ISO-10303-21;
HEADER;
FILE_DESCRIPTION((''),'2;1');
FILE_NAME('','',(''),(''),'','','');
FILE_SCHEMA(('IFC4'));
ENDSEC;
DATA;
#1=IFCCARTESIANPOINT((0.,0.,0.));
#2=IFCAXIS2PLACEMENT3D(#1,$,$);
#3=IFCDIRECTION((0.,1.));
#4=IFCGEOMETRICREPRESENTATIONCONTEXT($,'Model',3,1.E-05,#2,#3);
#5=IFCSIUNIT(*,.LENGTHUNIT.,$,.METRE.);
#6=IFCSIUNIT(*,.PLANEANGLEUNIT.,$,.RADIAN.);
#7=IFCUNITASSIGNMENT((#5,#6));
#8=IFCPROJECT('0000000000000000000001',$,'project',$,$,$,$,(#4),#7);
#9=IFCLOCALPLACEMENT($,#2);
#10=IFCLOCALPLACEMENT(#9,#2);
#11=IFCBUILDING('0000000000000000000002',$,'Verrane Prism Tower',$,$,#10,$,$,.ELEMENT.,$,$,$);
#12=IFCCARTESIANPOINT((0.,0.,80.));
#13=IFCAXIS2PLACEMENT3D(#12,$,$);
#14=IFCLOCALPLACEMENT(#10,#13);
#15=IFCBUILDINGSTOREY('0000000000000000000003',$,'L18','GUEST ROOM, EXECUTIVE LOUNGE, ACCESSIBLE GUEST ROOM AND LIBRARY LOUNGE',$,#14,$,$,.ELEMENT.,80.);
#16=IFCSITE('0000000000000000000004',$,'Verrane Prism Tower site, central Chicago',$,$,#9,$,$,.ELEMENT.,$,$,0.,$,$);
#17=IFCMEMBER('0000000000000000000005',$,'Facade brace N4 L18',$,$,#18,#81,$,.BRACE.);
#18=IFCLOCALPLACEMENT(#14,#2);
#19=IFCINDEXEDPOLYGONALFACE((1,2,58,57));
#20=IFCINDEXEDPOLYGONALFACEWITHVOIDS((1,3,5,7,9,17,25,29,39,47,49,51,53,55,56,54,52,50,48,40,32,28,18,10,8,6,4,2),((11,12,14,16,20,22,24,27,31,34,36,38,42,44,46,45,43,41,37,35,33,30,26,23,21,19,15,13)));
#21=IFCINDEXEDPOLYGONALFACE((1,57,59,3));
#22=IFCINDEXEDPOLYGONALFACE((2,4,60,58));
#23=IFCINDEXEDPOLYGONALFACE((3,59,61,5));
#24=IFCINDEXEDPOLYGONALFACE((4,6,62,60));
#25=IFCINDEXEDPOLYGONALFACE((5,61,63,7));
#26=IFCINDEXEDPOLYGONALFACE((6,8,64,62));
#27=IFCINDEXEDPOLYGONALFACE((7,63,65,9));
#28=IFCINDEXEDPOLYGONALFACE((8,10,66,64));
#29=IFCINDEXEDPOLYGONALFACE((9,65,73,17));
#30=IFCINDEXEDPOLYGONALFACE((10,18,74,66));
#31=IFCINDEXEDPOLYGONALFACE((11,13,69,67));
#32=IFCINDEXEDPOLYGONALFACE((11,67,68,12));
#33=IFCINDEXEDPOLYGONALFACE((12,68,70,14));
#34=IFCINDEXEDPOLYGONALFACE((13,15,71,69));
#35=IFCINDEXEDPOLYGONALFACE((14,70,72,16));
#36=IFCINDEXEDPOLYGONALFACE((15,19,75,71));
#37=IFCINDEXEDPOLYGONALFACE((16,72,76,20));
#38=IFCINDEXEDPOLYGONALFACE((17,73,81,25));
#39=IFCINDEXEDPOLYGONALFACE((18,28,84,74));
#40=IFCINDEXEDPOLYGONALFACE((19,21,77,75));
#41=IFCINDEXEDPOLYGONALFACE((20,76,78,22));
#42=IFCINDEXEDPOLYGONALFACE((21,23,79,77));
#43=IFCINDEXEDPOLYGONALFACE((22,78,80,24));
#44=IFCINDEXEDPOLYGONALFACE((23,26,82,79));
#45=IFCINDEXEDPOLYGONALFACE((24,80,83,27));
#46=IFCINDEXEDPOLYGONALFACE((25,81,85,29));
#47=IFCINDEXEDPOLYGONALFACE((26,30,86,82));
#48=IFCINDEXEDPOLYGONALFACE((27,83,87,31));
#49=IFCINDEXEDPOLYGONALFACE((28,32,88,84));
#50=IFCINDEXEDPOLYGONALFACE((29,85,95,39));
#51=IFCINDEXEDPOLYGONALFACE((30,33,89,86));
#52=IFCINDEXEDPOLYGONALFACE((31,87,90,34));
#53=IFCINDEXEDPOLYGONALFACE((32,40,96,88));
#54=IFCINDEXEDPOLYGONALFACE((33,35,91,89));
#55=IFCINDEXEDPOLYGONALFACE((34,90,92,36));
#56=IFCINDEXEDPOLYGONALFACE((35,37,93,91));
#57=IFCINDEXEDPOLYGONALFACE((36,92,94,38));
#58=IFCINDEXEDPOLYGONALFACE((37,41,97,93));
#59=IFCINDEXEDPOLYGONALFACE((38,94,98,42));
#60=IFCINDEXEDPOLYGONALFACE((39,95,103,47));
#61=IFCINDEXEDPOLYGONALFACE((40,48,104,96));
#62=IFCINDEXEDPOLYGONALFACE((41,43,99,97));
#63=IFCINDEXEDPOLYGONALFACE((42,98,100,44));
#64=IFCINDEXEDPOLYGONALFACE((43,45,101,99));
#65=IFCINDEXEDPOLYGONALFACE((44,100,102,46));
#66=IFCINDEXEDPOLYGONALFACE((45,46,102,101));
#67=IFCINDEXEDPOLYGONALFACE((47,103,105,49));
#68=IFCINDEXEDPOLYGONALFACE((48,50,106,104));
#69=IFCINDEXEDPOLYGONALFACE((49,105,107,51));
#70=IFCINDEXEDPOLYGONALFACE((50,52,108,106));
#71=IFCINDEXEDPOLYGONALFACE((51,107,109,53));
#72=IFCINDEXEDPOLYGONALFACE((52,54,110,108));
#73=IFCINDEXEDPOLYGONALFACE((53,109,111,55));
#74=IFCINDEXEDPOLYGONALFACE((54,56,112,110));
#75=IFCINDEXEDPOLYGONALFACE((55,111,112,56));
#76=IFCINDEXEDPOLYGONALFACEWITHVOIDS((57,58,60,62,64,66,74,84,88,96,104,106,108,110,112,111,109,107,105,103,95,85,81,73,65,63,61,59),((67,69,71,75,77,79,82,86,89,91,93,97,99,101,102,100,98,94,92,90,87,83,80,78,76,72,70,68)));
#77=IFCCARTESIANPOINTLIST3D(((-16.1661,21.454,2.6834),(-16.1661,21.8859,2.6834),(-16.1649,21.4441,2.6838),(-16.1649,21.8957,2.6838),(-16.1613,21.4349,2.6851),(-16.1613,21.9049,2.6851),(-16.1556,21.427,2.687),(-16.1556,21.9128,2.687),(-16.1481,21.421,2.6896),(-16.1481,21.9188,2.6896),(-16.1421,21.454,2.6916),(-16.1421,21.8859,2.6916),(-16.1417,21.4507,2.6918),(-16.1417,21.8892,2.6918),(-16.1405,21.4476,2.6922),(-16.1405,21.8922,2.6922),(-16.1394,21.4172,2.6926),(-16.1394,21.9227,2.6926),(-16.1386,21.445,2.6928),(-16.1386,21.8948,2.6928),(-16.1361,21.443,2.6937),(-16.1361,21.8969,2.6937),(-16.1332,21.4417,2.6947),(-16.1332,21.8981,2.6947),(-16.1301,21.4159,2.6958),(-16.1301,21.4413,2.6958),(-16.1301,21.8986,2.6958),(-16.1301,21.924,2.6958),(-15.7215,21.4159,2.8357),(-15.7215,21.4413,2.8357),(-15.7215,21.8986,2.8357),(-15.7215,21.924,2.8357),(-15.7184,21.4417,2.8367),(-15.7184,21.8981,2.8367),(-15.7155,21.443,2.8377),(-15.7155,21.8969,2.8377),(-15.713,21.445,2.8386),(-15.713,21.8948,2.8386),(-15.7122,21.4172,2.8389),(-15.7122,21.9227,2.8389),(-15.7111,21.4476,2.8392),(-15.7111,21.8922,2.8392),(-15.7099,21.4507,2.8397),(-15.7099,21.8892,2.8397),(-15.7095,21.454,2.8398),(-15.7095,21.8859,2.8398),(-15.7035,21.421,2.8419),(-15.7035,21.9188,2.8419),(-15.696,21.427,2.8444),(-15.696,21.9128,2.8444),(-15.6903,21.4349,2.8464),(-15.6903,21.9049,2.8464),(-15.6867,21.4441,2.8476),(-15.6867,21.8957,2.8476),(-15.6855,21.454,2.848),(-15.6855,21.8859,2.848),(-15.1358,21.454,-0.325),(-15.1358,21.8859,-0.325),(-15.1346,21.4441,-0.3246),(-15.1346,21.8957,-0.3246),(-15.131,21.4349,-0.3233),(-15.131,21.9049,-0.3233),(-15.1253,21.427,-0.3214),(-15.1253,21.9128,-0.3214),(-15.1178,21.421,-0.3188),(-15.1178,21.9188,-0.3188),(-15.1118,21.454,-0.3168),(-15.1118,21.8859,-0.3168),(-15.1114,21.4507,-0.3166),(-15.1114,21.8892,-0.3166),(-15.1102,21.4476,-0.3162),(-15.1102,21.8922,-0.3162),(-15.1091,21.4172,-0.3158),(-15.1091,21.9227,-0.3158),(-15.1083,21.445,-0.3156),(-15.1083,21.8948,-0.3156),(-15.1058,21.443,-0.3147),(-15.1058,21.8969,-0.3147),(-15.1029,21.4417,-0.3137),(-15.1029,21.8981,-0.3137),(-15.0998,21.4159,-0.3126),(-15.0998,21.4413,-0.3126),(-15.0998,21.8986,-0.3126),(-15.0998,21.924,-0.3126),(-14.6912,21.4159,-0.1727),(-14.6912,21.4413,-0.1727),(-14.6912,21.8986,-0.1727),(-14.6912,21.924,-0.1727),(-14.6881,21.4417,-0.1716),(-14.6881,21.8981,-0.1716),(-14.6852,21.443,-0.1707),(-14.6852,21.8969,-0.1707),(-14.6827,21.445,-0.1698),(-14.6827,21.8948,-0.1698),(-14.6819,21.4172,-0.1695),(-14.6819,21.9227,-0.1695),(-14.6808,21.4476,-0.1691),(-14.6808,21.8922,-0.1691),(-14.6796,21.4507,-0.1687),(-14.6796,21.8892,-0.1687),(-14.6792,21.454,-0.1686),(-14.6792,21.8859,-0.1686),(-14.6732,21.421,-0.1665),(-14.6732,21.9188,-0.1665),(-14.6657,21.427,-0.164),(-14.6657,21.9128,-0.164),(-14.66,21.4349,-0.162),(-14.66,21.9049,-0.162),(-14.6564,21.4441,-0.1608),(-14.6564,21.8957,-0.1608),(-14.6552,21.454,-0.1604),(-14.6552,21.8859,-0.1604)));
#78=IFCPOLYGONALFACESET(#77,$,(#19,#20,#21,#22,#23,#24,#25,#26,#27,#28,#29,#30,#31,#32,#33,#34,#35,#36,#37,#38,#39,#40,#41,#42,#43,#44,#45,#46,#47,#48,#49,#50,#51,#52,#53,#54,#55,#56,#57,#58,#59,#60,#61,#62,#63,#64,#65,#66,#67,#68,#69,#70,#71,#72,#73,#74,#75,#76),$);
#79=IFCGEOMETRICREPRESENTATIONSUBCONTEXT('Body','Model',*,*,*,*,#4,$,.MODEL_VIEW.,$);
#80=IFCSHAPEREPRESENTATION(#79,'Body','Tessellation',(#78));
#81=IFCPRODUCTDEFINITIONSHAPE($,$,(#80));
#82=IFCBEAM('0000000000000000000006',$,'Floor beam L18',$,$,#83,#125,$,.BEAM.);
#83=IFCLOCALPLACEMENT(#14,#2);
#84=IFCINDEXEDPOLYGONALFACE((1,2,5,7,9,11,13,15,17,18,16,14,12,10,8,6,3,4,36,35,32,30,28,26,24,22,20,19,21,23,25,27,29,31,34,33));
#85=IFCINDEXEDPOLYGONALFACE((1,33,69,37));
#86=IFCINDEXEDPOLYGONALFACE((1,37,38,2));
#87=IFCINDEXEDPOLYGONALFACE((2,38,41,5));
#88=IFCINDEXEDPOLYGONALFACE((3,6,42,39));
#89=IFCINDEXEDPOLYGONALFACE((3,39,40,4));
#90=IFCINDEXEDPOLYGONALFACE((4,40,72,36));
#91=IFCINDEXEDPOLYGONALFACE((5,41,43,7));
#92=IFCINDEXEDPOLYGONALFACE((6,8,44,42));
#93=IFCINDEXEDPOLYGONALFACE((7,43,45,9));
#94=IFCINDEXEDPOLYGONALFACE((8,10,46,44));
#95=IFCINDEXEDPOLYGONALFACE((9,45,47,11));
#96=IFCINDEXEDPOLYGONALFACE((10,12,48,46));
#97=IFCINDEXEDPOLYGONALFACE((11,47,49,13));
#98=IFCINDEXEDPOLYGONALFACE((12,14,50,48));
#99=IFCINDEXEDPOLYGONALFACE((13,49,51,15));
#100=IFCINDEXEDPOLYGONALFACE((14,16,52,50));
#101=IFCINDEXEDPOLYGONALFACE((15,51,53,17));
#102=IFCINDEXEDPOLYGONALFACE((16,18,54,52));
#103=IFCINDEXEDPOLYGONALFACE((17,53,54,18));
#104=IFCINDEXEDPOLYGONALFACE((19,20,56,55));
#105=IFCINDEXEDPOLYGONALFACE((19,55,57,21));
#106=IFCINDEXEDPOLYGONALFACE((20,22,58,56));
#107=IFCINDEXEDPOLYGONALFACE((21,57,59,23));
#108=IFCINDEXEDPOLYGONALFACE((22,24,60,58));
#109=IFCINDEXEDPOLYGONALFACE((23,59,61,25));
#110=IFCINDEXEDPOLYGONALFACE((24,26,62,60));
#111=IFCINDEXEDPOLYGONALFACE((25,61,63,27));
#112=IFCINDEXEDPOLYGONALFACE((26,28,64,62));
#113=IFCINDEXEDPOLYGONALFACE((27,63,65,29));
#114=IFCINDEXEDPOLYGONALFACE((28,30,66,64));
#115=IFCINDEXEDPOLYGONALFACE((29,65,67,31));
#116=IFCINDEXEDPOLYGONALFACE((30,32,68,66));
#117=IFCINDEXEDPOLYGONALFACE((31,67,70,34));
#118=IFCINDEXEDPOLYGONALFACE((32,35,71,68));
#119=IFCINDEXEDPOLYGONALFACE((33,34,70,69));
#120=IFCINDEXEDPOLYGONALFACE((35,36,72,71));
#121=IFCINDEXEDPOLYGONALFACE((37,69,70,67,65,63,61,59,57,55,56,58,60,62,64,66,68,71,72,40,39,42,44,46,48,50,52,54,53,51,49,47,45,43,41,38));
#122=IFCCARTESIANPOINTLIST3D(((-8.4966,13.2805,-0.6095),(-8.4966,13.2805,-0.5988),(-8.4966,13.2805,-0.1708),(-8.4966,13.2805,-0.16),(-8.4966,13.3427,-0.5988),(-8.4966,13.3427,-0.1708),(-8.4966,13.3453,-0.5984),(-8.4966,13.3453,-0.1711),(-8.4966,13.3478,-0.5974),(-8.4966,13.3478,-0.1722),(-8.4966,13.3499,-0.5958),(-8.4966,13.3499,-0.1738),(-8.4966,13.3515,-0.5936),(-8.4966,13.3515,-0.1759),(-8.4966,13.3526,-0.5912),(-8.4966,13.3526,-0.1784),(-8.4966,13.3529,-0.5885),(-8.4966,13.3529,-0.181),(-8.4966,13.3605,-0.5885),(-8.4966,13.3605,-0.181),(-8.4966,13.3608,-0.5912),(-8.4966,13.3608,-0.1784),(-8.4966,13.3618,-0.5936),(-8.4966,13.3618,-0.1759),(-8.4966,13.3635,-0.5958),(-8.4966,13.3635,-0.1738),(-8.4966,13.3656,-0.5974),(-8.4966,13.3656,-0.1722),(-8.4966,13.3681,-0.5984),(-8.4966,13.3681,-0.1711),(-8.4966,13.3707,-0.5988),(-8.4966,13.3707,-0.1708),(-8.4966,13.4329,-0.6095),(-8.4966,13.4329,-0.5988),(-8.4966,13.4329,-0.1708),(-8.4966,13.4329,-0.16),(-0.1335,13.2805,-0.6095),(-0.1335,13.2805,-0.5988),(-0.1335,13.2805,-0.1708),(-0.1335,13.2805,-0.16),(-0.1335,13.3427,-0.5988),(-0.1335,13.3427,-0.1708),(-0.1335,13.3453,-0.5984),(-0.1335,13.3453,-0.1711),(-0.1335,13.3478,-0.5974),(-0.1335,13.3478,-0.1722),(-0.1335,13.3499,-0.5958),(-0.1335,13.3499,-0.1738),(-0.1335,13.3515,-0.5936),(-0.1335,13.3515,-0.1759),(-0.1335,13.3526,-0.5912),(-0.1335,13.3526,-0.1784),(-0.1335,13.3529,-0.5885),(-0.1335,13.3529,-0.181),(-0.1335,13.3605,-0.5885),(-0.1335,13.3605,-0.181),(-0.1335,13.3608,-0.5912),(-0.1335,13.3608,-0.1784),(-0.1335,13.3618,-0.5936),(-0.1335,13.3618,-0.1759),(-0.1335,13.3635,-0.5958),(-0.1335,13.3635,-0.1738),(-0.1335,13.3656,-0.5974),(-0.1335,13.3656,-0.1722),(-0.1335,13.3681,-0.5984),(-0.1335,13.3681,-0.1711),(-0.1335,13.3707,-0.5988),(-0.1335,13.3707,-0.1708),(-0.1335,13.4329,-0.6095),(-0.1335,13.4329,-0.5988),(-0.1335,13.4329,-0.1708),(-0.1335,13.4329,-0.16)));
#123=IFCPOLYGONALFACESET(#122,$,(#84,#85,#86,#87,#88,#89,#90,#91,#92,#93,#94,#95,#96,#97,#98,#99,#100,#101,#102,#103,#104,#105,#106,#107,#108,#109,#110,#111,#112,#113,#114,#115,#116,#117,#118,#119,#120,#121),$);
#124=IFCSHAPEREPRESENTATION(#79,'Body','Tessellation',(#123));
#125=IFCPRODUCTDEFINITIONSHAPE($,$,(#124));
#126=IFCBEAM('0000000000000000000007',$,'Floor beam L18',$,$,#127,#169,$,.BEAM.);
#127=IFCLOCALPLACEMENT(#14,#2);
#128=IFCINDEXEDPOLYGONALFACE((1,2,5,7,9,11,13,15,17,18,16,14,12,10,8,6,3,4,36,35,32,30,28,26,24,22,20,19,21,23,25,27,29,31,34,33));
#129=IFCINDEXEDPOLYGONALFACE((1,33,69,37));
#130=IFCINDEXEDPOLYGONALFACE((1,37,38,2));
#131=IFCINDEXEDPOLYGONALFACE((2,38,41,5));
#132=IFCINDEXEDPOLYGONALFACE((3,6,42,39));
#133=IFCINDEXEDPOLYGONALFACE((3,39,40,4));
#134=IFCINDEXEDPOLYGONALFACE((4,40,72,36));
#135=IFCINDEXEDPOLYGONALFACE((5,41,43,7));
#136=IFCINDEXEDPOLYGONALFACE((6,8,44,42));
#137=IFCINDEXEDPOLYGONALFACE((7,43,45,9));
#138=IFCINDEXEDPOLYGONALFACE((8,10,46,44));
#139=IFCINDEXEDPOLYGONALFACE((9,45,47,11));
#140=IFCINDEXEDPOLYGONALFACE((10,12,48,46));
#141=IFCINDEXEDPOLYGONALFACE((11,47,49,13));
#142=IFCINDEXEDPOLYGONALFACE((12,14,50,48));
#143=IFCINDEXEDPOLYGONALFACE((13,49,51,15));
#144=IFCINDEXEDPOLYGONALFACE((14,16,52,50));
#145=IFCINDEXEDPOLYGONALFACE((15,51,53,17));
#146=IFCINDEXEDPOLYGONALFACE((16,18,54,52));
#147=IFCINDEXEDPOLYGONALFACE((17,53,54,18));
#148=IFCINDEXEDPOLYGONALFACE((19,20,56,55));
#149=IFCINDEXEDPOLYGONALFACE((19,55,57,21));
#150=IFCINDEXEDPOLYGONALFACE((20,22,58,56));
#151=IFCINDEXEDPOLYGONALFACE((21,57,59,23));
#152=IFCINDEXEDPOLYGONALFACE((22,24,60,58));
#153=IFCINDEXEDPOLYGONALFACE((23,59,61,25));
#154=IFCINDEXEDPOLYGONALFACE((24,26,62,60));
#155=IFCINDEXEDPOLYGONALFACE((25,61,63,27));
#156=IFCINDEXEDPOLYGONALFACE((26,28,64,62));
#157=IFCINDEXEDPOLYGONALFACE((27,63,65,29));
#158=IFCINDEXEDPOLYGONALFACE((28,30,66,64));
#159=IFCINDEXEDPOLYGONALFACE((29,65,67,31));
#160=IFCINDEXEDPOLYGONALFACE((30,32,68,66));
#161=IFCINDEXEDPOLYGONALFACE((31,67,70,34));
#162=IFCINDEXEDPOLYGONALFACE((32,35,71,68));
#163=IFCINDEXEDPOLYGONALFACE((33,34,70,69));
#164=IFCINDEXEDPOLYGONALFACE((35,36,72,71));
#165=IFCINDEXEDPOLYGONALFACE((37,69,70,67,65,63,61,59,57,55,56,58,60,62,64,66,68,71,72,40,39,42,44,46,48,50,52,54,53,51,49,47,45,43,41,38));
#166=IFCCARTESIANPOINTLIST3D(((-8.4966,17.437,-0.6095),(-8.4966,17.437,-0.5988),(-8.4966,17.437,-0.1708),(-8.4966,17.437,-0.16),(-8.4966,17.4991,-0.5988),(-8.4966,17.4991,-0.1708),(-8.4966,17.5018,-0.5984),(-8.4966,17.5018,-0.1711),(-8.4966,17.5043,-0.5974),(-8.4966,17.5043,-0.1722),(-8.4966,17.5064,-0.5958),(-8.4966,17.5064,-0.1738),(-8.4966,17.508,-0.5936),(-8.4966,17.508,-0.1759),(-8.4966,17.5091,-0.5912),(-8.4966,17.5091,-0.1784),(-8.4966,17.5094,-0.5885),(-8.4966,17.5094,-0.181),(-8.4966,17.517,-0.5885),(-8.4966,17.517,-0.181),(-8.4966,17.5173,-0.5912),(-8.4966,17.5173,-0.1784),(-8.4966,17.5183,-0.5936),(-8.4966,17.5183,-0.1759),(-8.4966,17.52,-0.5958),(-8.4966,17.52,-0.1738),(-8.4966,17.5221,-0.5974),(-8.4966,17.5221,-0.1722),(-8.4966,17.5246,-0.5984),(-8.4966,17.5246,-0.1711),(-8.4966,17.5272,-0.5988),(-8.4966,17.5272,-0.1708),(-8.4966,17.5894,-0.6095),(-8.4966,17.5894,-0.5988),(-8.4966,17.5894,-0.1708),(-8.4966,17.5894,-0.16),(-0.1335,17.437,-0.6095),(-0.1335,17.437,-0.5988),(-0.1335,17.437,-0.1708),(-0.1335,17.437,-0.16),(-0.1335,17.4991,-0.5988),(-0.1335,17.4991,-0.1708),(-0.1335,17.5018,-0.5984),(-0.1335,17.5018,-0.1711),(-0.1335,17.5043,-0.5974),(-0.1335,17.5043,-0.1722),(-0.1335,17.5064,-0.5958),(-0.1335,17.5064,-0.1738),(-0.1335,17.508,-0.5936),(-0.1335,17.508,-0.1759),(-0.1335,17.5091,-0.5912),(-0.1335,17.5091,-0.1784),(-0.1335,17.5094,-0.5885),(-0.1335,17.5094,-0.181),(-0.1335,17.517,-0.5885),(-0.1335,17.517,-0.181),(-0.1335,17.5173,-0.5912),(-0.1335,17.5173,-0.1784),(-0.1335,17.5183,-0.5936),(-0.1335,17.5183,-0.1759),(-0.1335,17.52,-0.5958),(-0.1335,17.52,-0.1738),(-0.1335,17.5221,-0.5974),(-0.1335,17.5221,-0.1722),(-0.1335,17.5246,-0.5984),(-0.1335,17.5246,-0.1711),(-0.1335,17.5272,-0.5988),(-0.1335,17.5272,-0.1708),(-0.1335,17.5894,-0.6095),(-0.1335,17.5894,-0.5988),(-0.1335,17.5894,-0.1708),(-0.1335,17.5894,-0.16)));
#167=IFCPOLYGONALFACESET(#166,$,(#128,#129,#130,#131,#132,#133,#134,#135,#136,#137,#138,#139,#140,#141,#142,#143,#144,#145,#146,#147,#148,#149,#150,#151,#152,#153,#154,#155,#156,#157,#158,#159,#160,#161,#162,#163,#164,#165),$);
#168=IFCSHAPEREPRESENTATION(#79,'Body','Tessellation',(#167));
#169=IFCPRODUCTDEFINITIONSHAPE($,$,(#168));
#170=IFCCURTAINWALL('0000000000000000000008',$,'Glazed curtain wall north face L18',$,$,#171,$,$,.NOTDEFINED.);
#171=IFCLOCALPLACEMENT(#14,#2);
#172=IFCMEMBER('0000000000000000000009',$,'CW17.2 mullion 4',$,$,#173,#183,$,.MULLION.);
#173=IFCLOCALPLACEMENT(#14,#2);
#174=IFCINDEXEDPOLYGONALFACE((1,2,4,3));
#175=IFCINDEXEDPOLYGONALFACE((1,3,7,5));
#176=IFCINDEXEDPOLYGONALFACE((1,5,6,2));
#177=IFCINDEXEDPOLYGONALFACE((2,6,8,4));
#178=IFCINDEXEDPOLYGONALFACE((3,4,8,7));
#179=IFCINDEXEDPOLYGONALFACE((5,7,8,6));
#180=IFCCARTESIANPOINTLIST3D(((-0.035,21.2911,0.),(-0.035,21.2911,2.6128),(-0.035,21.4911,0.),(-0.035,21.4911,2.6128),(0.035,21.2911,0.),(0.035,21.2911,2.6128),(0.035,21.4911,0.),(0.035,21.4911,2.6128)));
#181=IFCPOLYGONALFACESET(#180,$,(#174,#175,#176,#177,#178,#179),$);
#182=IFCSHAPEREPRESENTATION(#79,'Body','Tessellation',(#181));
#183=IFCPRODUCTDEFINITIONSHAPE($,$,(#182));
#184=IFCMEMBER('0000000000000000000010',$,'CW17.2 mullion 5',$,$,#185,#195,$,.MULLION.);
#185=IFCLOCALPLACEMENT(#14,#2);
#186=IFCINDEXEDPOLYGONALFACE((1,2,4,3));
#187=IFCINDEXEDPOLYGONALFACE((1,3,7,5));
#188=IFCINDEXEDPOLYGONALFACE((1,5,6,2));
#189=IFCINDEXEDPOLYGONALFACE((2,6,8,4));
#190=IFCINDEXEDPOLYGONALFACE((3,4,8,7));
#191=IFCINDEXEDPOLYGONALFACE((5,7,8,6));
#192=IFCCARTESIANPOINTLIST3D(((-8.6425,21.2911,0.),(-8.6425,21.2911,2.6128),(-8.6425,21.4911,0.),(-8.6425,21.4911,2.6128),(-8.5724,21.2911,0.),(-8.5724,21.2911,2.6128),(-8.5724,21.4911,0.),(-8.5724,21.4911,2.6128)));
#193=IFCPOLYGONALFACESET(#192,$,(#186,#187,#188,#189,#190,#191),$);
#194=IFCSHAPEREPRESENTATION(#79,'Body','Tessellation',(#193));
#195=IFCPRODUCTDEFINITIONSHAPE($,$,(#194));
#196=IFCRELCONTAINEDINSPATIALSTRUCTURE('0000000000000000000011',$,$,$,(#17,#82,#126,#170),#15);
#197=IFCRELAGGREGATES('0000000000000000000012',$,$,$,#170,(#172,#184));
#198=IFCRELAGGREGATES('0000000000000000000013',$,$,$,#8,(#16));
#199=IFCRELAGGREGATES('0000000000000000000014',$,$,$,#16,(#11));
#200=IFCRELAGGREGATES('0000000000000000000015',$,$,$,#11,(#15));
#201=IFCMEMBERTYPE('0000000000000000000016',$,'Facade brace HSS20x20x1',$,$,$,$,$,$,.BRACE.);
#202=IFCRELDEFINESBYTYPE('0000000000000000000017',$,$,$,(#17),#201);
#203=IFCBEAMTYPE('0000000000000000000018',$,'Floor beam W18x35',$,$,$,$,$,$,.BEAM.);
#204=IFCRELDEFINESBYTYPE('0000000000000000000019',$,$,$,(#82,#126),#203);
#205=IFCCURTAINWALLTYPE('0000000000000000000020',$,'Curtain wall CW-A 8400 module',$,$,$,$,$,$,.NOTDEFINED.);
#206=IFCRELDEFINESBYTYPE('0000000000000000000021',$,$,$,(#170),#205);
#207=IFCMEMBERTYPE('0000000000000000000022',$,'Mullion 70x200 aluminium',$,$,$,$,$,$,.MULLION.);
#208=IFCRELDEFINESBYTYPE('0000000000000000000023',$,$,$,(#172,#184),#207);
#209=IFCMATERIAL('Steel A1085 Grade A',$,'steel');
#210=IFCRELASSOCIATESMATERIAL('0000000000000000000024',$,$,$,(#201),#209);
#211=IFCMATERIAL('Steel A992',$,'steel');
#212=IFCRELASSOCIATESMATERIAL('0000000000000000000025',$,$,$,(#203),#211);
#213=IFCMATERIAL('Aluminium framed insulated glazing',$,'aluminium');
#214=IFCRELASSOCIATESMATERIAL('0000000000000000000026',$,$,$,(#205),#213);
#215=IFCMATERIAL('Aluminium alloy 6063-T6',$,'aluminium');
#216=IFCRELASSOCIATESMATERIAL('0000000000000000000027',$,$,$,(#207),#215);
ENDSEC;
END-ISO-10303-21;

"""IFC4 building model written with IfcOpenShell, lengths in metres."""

from ifc_helpers import new_model, si_unit, direction, frame, origin, origin_2d, place, context, subcontext, project, spatial, rectangle, hollow_rectangle, i_section, extrude, material, material_profile, profile_set, type_object, element, aggregate, save


model = new_model("IFC4")

# Units and contexts
model_context = context("Model", 3, precision=1e-05, world=origin(), true_north=direction((0.0, 1.0)))
body_context = subcontext(model_context, "Body", "Model", "MODEL_VIEW")
ifc_project = project(units=[si_unit("LENGTHUNIT", "METRE"), si_unit("PLANEANGLEUNIT", "RADIAN")], contexts=[model_context])

# Site, building, storey
site_placement = place(None, origin())
site = spatial("IfcSite", under=ifc_project, at=site_placement, Name="Verrane Prism Tower site, central Chicago", CompositionType="ELEMENT", RefElevation=0.0)
building_placement = place(site_placement, origin())
building = spatial("IfcBuilding", under=site, at=building_placement, Name="Verrane Prism Tower", CompositionType="ELEMENT")
storey_placement = place(building_placement, frame((0.0, 0.0, 80.0)))
storey = spatial("IfcBuildingStorey", under=building, at=storey_placement, Name="L18", Description="GUEST ROOM, EXECUTIVE LOUNGE, ACCESSIBLE GUEST ROOM AND LIBRARY LOUNGE", CompositionType="ELEMENT", Elevation=80.0)

# Member
ifc_material_1 = material(Name="Steel A1085 Grade A", Category="steel")
ifc_material_profile_1 = material_profile(ifc_material_1, hollow_rectangle(XDim=0.5081, YDim=0.5081, WallThickness=0.0254, InnerFilletRadius=0.0127, OuterFilletRadius=0.0381, at=origin_2d()), Name="HSS20x20x1")
ifc_profile_set_1 = profile_set([ifc_material_profile_1], Name="Steel A1085 Grade A")
member_type_1 = type_object("IfcMemberType", Name="Facade brace HSS20x20x1", PredefinedType="BRACE", material=ifc_profile_set_1)
for number, where, z_axis, x_axis, name in (
    (1, (-14.8955, 21.6699, -0.2427), (-0.324002, 0.0, 0.946056), (0.0, -1.0, 0.0), "Facade brace N4 L18"),
):
    element("IfcMember", number, at=place(storey_placement, frame(where, z_axis=z_axis, x_axis=x_axis)), inside=storey, type_object=member_type_1, Name=name, PredefinedType="BRACE", context=body_context, shape_type="SweptSolid", body=[
        extrude(hollow_rectangle(XDim=0.5081, YDim=0.5081, WallThickness=0.0254, InnerFilletRadius=0.0127, OuterFilletRadius=0.0381, at=origin_2d()), origin(), (0.0, 0.0, 1.0), 3.1799),
    ])

# Beams
ifc_material_2 = material(Name="Steel A992", Category="steel")
ifc_material_profile_2 = material_profile(ifc_material_2, i_section(OverallWidth=0.1523, OverallDepth=0.4495, WebThickness=0.0076, FlangeThickness=0.0107, FilletRadius=0.0103, at=origin_2d()), Name="W18x35")
ifc_profile_set_2 = profile_set([ifc_material_profile_2], Name="Steel A992")
beam_type_1 = type_object("IfcBeamType", Name="Floor beam W18x35", PredefinedType="BEAM", material=ifc_profile_set_2)
for number, where, z_axis, x_axis, name in (
    (2, (-8.4966, 13.3567, -0.3848), (1.0, 0.0, 0.0), (0.0, 1.0, 0.0), "Floor beam L18"),
    (3, (-8.4966, 17.5132, -0.3848), (1.0, 0.0, 0.0), (0.0, 1.0, 0.0), "Floor beam L18"),
):
    element("IfcBeam", number, at=place(storey_placement, frame(where, z_axis=z_axis, x_axis=x_axis)), inside=storey, type_object=beam_type_1, Name=name, PredefinedType="BEAM", context=body_context, shape_type="SweptSolid", body=[
        extrude(i_section(OverallWidth=0.1523, OverallDepth=0.4495, WebThickness=0.0076, FlangeThickness=0.0107, FilletRadius=0.0103, at=origin_2d()), origin(), (0.0, 0.0, 1.0), 8.363),
    ])

# Curtain wall, members
ifc_material_3 = material(Name="Aluminium framed insulated glazing", Category="aluminium")
curtain_wall_type = type_object("IfcCurtainWallType", Name="Curtain wall CW-A 8400 module", PredefinedType="NOTDEFINED", material=ifc_material_3)
curtain_wall_placement = place(storey_placement, origin())
curtain_wall = element("IfcCurtainWall", 4, at=curtain_wall_placement, inside=storey, type_object=curtain_wall_type, Name="Glazed curtain wall north face L18", PredefinedType="NOTDEFINED")
ifc_material_4 = material(Name="Aluminium alloy 6063-T6", Category="aluminium")
ifc_material_profile_3 = material_profile(ifc_material_4, rectangle(XDim=0.2, YDim=0.0701, at=origin_2d()), Name="Mullion 70x200 aluminium")
ifc_profile_set_3 = profile_set([ifc_material_profile_3], Name="Aluminium alloy 6063-T6")
member_type_2 = type_object("IfcMemberType", Name="Mullion 70x200 aluminium", PredefinedType="MULLION", material=ifc_profile_set_3)
member_1_placement = place(storey_placement, frame((0.0, 21.3911, 0.0), z_axis=(0.0, 0.0, 1.0), x_axis=(0.0, -1.0, 0.0)))
member_1 = element("IfcMember", 5, at=member_1_placement, type_object=member_type_2, Name="CW17.2 mullion 4", PredefinedType="MULLION", context=body_context, shape_type="SweptSolid", body=[
    extrude(rectangle(XDim=0.2, YDim=0.0701, at=origin_2d()), origin(), (0.0, 0.0, 1.0), 2.6128),
])
member_2_placement = place(storey_placement, frame((-8.6074, 21.3911, 0.0), z_axis=(0.0, 0.0, 1.0), x_axis=(0.0, -1.0, 0.0)))
member_2 = element("IfcMember", 6, at=member_2_placement, type_object=member_type_2, Name="CW17.2 mullion 5", PredefinedType="MULLION", context=body_context, shape_type="SweptSolid", body=[
    extrude(rectangle(XDim=0.2, YDim=0.0701, at=origin_2d()), origin(), (0.0, 0.0, 1.0), 2.6128),
])

aggregate(curtain_wall, [member_1, member_2])

save(model, "model.ifc")
